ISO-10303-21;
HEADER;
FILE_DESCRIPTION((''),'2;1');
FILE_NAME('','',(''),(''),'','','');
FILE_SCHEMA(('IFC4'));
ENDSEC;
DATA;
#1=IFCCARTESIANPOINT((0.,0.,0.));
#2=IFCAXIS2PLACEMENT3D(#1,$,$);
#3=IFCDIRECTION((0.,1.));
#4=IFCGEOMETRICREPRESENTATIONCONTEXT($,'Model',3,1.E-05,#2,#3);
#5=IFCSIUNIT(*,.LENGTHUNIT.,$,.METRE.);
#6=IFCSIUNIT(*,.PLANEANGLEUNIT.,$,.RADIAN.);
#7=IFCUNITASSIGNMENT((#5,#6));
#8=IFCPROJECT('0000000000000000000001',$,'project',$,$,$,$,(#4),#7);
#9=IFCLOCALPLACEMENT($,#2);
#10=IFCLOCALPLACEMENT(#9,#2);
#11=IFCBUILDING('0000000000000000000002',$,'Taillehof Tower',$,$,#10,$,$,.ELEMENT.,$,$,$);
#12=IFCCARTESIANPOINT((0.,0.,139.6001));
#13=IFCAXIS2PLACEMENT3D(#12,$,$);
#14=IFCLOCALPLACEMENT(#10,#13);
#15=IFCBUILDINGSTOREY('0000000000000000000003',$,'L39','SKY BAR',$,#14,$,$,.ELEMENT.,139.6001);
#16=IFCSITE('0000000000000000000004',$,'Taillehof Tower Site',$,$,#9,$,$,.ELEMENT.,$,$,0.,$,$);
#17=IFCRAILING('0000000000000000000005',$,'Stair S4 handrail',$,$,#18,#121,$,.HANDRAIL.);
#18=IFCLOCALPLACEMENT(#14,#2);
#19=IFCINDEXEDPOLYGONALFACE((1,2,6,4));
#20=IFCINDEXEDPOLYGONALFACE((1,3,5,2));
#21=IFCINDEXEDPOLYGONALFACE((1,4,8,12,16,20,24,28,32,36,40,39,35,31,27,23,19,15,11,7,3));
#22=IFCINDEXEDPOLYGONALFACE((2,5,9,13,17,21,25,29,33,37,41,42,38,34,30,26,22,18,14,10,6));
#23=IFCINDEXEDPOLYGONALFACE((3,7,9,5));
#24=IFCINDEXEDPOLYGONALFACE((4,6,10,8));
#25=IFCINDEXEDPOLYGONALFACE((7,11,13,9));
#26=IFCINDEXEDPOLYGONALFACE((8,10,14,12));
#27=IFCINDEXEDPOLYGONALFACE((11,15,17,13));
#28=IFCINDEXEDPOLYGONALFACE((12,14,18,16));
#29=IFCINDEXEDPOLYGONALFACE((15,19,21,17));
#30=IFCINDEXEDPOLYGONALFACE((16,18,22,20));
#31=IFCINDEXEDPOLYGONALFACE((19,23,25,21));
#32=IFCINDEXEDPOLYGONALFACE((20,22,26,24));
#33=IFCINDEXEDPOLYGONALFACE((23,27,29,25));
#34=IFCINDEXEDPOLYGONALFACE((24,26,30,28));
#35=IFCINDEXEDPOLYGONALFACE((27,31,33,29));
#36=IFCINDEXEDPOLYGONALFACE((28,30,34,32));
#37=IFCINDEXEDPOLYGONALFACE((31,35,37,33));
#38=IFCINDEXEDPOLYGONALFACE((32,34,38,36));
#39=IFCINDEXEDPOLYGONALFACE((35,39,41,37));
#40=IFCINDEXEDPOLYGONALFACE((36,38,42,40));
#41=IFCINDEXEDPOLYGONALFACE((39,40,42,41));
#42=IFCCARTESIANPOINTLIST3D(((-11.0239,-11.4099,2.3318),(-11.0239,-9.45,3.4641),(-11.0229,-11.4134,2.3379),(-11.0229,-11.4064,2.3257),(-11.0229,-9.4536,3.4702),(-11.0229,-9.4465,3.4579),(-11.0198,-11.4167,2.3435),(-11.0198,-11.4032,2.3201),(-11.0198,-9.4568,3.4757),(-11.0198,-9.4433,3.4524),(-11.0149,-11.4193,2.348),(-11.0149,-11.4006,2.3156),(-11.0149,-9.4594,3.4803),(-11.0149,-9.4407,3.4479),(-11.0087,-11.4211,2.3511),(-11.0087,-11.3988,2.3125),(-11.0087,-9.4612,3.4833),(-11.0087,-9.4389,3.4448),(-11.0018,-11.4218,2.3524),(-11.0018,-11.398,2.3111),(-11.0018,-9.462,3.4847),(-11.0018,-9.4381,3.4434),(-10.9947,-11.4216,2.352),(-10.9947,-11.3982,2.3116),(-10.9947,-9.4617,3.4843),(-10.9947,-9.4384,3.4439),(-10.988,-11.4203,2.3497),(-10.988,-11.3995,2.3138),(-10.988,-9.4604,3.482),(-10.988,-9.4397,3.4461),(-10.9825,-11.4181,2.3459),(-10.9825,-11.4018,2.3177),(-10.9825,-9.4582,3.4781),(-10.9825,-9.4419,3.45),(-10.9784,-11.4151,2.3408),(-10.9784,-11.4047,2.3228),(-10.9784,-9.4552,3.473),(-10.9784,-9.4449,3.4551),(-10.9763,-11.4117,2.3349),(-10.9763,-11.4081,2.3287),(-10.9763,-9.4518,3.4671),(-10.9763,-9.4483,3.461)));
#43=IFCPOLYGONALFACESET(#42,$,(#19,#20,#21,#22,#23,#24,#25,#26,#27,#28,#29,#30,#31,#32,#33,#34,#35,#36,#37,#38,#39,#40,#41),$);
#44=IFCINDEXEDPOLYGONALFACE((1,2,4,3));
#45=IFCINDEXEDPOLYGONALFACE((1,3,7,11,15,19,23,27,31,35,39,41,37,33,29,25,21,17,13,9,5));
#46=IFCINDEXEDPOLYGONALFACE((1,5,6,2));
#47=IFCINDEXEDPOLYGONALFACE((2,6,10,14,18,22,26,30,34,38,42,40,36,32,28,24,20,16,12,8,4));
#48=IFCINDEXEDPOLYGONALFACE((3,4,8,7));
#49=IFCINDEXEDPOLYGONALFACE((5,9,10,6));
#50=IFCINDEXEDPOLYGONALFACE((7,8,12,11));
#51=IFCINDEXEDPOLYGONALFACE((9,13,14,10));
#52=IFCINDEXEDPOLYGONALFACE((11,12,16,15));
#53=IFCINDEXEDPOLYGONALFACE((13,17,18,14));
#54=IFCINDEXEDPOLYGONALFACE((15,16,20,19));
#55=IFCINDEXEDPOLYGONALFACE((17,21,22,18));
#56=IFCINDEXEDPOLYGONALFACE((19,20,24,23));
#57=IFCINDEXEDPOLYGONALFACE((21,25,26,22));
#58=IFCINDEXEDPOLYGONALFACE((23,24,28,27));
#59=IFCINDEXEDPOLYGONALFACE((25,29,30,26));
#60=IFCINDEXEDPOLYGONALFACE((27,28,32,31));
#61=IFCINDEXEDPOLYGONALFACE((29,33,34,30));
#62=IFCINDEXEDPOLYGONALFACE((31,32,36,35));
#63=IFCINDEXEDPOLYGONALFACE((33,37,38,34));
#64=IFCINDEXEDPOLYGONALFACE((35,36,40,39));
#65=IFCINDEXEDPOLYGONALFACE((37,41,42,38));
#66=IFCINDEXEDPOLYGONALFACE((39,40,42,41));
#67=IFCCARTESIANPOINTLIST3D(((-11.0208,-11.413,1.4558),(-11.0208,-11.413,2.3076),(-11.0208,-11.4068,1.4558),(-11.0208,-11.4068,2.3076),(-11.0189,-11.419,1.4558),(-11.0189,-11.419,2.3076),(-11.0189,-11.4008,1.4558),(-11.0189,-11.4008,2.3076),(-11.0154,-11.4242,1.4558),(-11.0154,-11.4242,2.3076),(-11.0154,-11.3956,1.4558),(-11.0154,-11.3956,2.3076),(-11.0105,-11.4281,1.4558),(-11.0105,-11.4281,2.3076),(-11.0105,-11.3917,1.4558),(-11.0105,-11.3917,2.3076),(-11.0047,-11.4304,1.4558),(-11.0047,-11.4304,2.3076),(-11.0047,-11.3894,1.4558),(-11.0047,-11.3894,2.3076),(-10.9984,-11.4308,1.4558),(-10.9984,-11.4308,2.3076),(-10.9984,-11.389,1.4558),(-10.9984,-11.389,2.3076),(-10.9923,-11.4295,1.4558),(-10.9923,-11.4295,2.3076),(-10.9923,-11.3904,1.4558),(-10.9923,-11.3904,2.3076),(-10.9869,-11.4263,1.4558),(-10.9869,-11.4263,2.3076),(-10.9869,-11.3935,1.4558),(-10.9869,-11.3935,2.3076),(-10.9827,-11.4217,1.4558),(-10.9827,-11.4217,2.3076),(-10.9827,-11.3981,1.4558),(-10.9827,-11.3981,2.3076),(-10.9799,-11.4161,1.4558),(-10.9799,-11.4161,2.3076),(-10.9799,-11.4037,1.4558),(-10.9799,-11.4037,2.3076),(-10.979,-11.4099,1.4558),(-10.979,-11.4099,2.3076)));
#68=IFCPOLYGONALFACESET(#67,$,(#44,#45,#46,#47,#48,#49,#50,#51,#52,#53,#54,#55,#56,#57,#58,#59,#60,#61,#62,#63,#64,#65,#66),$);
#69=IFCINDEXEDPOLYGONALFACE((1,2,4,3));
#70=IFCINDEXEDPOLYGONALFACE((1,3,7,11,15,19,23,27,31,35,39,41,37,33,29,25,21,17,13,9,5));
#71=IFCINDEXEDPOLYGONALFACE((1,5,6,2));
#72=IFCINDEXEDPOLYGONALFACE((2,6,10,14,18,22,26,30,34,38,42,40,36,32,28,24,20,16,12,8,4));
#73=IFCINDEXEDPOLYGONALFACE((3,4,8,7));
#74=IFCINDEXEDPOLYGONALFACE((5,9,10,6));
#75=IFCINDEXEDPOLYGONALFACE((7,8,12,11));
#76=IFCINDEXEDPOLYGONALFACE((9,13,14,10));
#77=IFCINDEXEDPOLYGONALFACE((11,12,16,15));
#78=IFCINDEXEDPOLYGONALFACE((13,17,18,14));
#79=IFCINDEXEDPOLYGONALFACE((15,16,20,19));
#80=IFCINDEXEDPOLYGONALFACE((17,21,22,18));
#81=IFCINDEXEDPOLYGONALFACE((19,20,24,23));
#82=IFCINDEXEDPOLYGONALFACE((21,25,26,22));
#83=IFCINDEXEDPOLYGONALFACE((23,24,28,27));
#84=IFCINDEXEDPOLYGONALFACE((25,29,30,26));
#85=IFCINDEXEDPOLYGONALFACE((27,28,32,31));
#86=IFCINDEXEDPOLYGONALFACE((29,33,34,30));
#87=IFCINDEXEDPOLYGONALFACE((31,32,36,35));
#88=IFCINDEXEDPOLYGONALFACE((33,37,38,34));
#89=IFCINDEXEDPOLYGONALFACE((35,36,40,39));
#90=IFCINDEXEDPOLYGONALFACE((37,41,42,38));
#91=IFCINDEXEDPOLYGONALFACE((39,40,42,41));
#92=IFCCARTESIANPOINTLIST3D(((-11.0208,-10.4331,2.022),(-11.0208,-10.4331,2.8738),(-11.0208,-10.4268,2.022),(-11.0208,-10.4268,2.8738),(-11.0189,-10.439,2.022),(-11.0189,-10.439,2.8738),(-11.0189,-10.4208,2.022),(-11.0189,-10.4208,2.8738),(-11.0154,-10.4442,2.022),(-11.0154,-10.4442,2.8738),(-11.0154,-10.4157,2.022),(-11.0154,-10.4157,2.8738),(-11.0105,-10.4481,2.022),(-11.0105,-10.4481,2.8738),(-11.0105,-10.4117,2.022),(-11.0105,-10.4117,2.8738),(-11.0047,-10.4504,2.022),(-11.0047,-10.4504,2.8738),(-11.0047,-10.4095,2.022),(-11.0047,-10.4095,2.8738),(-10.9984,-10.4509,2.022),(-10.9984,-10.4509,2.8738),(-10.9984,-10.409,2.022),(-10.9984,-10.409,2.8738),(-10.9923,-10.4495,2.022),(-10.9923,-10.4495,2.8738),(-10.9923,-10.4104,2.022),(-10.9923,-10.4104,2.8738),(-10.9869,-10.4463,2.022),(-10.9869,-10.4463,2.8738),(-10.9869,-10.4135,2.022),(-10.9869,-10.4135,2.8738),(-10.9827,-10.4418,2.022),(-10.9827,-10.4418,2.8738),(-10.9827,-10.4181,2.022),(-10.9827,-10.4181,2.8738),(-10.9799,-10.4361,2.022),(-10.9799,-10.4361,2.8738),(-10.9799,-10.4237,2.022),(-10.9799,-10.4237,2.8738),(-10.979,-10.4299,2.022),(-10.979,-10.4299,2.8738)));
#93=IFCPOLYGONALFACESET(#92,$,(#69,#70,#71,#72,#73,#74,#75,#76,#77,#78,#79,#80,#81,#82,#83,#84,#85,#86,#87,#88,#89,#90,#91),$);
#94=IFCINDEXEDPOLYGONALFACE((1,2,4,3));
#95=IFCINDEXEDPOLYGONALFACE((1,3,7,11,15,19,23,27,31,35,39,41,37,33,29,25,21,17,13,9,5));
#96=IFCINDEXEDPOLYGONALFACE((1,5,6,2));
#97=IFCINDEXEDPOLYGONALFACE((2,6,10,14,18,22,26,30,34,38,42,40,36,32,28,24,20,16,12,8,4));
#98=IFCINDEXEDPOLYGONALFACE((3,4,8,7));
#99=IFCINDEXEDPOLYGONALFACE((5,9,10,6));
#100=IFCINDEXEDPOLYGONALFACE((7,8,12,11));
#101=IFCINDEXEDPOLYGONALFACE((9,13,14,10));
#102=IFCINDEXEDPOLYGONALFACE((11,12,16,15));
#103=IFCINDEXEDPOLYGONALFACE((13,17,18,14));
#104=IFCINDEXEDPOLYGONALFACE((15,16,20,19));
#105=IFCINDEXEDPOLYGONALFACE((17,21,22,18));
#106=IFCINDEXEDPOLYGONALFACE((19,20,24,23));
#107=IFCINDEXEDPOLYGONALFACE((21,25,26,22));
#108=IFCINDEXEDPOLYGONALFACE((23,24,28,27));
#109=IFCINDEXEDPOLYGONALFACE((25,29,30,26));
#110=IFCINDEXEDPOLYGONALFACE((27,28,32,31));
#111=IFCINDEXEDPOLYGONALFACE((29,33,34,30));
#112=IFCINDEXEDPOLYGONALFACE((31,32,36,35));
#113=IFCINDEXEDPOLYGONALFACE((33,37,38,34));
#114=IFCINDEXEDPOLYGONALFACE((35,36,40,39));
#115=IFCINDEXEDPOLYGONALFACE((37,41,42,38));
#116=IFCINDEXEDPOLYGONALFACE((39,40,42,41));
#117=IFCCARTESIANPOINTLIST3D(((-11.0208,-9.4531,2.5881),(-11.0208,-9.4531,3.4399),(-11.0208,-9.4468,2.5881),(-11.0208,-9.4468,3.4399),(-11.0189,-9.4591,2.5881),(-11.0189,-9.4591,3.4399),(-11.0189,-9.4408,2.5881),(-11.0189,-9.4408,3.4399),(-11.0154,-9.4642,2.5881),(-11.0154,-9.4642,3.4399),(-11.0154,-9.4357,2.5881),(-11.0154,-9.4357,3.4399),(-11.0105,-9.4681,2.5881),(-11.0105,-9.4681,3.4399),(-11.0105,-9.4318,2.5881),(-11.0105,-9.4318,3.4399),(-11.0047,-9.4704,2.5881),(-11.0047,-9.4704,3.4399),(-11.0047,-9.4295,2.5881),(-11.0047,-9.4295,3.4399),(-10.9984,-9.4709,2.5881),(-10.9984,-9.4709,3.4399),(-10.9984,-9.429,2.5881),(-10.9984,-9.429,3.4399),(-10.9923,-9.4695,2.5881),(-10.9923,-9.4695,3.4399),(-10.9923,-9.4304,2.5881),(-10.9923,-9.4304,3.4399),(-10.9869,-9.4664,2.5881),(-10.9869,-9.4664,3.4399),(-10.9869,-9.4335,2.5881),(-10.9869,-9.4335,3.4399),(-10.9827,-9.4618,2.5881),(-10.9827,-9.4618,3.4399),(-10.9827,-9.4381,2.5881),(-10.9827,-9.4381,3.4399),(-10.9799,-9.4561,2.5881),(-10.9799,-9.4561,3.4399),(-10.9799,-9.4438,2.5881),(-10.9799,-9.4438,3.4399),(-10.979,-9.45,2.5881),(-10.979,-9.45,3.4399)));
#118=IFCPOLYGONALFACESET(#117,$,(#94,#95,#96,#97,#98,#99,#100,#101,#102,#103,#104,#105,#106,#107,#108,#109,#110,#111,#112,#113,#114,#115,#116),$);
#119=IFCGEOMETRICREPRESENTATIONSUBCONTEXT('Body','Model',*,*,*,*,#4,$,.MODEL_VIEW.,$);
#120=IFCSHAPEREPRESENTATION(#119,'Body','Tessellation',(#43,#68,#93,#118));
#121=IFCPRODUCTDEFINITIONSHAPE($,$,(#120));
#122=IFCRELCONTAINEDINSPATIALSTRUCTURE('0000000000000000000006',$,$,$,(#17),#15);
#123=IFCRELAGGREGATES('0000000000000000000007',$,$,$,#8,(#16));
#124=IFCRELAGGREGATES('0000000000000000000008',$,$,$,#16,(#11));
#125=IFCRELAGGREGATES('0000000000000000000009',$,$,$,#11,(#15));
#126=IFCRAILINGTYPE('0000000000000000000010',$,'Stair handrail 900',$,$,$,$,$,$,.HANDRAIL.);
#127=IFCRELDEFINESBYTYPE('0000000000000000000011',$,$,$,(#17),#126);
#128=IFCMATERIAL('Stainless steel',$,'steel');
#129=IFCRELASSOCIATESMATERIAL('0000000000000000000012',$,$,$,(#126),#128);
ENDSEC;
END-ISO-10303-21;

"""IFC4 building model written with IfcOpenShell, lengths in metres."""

from ifc_helpers import new_model, si_unit, direction, frame, origin, origin_2d, place, context, subcontext, project, spatial, circle, extrude, material, type_object, element, save


model = new_model("IFC4")

# Units and contexts
model_context = context("Model", 3, precision=1e-05, world=origin(), true_north=direction((0.0, 1.0)))
body_context = subcontext(model_context, "Body", "Model", "MODEL_VIEW")
ifc_project = project(units=[si_unit("LENGTHUNIT", "METRE"), si_unit("PLANEANGLEUNIT", "RADIAN")], contexts=[model_context])

# Site, building, storey
site_placement = place(None, origin())
site = spatial("IfcSite", under=ifc_project, at=site_placement, Name="Taillehof Tower Site", CompositionType="ELEMENT", RefElevation=0.0)
building_placement = place(site_placement, origin())
building = spatial("IfcBuilding", under=site, at=building_placement, Name="Taillehof Tower", CompositionType="ELEMENT")
storey_placement = place(building_placement, frame((0.0, 0.0, 139.6001)))
storey = spatial("IfcBuildingStorey", under=building, at=storey_placement, Name="L39", Description="SKY BAR", CompositionType="ELEMENT", Elevation=139.6001)

# Railing
ifc_material_1 = material(Name="Stainless steel", Category="steel")
railing_type = type_object("IfcRailingType", Name="Stair handrail 900", PredefinedType="HANDRAIL", material=ifc_material_1)
railing_1_placement = place(storey_placement, frame((-11.0, -11.4099, 1.4558)))
element("IfcRailing", 1, at=railing_1_placement, inside=storey, type_object=railing_type, Name="Stair S4 handrail", PredefinedType="HANDRAIL", context=body_context, shape_type="SweptSolid", body=[
    extrude(circle(Radius=0.0239, at=origin_2d()), frame((0.0, 0.0, 0.876), z_axis=(0.0, 0.865884, 0.500245), x_axis=(-1.0, 0.0, 0.0)), (0.0, 0.0, 1.0), 2.2634),
    extrude(circle(Radius=0.021, at=origin_2d()), origin(), (0.0, 0.0, 1.0), 0.8518),
    extrude(circle(Radius=0.021, at=origin_2d()), frame((0.0, 0.98, 0.5662)), (0.0, 0.0, 1.0), 0.8518),
    extrude(circle(Radius=0.021, at=origin_2d()), frame((0.0, 1.96, 1.1323)), (0.0, 0.0, 1.0), 0.8518),
])

save(model, "model.ifc")
